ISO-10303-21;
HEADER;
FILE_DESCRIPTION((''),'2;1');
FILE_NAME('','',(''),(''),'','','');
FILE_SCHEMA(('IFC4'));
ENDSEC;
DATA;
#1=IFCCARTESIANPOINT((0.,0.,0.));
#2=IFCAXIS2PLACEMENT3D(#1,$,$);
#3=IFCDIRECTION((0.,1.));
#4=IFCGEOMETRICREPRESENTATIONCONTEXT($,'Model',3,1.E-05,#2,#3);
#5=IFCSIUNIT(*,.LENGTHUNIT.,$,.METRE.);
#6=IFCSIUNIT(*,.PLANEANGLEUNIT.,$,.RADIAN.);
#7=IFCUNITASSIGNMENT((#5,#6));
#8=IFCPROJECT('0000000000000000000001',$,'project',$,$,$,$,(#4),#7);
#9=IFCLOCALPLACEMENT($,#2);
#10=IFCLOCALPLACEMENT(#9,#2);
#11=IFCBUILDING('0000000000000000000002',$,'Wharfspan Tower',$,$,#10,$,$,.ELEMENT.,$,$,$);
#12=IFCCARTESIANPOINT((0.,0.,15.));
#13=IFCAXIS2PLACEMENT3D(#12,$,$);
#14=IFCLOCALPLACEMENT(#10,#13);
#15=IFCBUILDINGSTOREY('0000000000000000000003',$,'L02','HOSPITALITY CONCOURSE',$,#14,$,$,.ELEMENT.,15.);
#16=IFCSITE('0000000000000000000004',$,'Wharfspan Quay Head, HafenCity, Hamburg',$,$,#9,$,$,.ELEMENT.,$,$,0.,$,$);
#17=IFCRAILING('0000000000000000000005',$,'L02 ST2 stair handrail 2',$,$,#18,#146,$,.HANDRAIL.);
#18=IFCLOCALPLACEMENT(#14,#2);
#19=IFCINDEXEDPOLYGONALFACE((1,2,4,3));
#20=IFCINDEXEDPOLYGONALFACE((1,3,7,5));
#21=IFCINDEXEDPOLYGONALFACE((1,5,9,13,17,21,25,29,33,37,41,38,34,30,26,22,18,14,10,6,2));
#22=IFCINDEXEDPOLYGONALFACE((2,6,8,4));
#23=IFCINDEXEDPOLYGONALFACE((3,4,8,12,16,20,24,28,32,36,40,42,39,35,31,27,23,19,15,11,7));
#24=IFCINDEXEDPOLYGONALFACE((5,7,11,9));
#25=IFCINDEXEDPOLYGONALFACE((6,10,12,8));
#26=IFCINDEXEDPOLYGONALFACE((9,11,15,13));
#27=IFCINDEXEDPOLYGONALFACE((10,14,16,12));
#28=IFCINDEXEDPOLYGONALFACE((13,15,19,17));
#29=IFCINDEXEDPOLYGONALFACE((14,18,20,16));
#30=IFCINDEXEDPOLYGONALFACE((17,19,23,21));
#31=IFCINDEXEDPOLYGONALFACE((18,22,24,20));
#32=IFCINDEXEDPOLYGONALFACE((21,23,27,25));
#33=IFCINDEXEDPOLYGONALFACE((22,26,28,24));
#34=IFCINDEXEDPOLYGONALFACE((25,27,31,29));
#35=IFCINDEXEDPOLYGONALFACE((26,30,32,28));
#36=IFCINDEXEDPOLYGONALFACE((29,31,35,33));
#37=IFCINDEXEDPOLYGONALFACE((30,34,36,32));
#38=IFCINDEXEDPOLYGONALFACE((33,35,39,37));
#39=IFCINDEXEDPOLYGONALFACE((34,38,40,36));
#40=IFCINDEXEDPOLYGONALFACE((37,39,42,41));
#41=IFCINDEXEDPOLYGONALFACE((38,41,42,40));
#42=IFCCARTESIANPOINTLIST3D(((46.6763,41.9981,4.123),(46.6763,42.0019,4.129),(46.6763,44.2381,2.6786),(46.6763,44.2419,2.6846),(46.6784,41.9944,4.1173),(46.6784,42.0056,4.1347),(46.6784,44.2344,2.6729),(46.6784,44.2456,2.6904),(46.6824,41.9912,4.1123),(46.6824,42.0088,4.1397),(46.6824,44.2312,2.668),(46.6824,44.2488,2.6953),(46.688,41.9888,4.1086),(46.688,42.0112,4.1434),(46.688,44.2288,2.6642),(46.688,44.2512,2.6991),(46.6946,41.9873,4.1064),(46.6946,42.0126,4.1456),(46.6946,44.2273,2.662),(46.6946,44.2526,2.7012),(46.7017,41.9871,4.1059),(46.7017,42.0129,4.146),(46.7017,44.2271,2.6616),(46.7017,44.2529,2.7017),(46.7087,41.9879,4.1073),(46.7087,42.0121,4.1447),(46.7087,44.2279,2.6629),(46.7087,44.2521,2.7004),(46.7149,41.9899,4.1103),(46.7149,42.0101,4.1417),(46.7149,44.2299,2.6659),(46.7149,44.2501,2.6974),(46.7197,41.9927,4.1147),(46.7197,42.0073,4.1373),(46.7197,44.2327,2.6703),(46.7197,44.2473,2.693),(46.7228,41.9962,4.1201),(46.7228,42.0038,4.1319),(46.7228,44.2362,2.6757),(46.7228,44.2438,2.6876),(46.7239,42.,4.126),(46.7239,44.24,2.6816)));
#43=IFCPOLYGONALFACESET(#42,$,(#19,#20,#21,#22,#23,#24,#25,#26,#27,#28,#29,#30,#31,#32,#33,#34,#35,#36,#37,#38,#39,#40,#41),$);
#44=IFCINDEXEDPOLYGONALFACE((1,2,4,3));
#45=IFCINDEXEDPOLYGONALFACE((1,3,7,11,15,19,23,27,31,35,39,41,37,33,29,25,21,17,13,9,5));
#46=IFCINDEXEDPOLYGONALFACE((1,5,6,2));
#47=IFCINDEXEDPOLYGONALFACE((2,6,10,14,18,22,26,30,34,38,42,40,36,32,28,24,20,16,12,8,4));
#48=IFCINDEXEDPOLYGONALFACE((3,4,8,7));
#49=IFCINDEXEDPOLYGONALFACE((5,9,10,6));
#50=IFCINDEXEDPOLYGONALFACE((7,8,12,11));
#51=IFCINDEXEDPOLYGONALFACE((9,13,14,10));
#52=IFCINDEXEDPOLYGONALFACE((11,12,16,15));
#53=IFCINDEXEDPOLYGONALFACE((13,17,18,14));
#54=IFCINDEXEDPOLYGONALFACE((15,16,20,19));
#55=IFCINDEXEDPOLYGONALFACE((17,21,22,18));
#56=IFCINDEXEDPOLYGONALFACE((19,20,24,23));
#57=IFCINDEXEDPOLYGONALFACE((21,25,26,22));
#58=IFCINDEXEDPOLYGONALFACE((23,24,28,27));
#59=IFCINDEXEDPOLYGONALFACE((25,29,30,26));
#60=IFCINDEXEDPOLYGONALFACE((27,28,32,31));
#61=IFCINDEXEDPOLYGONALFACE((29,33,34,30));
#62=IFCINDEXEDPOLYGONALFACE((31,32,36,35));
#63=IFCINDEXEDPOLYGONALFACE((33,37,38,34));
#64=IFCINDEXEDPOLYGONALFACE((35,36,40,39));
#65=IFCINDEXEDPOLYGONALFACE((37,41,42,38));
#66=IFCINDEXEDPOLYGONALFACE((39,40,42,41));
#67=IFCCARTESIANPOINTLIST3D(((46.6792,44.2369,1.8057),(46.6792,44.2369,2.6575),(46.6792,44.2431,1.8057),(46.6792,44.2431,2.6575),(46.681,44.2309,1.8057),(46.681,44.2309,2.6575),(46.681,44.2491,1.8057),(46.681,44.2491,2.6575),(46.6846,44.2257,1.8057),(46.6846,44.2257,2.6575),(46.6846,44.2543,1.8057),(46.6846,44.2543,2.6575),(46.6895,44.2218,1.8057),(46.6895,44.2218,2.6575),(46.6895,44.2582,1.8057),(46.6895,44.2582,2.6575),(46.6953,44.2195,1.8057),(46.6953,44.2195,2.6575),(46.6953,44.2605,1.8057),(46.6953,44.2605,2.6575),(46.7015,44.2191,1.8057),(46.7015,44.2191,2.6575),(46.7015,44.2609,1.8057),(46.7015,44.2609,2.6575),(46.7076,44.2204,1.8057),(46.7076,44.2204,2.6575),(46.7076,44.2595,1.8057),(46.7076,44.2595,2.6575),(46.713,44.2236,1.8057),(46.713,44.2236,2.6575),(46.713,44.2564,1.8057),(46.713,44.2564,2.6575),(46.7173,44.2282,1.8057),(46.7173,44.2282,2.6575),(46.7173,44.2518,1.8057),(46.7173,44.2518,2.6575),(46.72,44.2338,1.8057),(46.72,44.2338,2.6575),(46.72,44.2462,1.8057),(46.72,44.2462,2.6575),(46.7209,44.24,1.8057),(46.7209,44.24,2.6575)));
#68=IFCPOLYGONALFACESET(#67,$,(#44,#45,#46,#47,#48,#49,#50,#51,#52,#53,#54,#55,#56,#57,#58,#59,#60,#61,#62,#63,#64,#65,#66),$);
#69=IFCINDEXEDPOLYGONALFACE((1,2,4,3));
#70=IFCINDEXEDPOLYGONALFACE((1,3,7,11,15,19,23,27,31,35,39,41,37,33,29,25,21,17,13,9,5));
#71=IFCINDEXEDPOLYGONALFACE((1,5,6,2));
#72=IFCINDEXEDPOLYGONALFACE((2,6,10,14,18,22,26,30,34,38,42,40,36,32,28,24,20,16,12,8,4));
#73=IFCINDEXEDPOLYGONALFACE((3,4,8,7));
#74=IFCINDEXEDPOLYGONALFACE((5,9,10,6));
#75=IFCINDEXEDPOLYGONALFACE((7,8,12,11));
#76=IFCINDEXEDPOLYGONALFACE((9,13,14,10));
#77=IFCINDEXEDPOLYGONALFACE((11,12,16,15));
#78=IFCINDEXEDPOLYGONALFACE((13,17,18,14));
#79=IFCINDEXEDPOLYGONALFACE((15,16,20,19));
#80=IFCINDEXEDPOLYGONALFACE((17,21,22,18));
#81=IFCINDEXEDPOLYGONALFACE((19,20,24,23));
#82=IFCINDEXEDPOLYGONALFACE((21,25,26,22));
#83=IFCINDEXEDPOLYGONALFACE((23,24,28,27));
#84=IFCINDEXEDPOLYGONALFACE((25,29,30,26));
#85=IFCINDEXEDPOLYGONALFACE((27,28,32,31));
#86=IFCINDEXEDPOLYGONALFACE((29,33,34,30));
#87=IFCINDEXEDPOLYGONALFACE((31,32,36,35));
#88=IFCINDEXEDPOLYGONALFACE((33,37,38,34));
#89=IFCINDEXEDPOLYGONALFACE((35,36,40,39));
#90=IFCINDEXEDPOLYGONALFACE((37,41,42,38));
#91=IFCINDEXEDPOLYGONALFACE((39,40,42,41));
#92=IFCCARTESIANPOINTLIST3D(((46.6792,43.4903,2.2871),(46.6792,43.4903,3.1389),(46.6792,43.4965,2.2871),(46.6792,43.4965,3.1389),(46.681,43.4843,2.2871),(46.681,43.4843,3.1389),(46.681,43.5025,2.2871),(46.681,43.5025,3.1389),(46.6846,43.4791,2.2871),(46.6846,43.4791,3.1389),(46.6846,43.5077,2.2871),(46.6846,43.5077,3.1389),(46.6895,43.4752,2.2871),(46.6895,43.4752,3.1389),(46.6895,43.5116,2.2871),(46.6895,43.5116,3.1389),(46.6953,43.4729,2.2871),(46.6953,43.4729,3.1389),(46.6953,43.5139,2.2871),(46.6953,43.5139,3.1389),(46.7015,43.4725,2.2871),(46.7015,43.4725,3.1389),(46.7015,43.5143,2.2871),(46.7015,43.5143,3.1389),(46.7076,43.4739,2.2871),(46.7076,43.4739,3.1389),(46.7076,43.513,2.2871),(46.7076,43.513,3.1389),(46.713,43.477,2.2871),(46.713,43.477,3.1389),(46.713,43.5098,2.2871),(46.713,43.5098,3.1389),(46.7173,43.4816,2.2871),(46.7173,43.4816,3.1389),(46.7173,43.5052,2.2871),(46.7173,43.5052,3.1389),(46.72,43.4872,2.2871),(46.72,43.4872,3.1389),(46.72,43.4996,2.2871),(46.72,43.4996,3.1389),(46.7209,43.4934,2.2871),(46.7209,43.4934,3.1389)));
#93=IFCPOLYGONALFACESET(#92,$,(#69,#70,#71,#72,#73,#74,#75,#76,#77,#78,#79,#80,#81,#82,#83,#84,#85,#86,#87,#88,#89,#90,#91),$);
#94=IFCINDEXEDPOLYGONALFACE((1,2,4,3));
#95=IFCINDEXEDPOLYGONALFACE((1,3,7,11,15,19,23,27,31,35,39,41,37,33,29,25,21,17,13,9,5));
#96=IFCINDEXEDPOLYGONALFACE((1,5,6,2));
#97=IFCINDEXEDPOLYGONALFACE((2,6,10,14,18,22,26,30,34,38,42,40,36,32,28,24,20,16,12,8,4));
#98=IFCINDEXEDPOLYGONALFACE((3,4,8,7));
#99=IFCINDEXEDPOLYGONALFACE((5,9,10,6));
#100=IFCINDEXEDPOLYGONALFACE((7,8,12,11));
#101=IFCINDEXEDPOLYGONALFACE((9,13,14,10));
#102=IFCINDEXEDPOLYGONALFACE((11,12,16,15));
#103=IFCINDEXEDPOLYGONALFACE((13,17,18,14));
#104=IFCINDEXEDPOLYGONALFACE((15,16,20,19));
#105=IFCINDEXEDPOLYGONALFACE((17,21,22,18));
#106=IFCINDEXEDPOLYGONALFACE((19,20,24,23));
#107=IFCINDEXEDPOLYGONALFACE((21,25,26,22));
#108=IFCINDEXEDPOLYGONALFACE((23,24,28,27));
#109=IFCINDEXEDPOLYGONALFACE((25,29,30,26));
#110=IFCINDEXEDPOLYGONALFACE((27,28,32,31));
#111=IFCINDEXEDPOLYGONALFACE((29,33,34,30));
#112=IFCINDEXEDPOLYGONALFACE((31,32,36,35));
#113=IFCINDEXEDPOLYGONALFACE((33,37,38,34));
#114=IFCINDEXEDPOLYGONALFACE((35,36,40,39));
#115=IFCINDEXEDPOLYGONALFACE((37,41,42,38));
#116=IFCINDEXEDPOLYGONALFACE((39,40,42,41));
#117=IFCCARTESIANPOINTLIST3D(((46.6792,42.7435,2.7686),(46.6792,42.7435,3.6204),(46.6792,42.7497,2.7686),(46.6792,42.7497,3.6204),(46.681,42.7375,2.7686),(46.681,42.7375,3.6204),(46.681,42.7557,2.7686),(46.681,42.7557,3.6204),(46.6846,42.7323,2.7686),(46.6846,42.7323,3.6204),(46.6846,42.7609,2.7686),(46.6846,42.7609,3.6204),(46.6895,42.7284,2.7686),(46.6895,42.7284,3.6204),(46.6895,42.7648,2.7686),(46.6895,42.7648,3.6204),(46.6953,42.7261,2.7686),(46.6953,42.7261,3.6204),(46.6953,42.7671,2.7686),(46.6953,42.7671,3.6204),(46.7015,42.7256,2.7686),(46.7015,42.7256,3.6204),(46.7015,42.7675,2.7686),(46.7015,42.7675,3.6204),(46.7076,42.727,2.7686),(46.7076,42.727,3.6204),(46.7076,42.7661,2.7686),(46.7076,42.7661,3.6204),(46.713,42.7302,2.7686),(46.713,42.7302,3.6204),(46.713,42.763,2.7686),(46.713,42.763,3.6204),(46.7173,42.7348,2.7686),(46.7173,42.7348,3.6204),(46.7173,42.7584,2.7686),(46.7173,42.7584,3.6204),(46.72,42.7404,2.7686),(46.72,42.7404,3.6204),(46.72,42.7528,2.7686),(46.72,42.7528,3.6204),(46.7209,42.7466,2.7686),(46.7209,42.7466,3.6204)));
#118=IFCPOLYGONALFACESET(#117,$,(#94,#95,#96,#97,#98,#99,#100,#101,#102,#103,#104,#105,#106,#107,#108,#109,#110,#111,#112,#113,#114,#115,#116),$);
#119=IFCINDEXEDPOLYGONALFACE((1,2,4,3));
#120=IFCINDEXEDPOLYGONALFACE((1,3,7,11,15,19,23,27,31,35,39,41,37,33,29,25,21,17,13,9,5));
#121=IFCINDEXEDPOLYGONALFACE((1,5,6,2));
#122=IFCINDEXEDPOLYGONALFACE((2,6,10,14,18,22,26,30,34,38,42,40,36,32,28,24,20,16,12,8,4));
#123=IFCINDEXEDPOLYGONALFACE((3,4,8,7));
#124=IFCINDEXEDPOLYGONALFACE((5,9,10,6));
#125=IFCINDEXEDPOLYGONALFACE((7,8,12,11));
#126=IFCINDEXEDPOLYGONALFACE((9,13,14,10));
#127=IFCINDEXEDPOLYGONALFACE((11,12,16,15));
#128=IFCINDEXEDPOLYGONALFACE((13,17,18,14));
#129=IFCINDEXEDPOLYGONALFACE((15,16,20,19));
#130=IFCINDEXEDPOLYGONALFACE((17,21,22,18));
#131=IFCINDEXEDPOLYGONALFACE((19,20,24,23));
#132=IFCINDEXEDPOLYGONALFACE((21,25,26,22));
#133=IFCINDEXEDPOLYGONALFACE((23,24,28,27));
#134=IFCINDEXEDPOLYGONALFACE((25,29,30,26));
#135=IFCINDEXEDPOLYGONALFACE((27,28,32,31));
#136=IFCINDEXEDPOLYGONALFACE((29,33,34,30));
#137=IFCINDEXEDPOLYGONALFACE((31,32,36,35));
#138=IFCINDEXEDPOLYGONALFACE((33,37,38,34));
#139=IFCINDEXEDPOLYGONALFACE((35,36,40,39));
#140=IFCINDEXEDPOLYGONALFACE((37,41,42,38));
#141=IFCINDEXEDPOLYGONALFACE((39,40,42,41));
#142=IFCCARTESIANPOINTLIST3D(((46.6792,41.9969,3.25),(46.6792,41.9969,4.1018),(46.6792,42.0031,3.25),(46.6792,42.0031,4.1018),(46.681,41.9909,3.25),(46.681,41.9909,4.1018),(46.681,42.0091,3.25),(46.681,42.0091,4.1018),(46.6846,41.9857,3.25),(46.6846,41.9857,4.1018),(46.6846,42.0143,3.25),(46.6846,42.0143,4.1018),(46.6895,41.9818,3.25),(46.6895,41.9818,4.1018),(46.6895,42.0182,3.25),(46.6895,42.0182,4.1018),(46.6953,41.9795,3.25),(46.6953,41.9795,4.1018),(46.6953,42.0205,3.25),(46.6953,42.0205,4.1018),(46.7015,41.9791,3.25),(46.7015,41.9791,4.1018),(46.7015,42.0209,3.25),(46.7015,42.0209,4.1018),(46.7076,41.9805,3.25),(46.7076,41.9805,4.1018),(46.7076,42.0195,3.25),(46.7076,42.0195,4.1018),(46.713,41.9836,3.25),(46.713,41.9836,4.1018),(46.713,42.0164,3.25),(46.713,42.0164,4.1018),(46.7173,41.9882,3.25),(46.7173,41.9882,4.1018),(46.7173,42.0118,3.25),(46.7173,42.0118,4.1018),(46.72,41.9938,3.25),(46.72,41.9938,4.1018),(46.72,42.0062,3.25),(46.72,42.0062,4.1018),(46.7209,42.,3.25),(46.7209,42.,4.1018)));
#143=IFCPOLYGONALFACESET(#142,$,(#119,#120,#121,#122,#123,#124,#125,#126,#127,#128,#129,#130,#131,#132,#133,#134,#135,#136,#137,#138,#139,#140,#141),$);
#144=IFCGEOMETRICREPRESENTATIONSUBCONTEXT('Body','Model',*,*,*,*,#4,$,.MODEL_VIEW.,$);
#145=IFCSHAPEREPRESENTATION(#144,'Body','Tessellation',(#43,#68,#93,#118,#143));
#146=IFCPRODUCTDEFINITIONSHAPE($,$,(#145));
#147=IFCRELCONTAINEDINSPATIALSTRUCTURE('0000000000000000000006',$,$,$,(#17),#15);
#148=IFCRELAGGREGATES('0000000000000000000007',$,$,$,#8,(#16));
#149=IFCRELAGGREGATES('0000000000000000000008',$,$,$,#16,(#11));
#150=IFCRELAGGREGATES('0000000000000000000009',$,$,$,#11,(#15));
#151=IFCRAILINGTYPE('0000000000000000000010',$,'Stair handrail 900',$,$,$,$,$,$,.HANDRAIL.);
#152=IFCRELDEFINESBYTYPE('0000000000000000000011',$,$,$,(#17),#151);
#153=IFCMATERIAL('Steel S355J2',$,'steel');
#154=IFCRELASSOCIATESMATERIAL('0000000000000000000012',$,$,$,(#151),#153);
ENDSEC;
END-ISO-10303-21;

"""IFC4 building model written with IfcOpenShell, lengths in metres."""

from ifc_helpers import new_model, si_unit, direction, frame, origin, origin_2d, place, context, subcontext, project, spatial, circle, extrude, material, type_object, element, save


model = new_model("IFC4")

# Units and contexts
model_context = context("Model", 3, precision=1e-05, world=origin(), true_north=direction((0.0, 1.0)))
body_context = subcontext(model_context, "Body", "Model", "MODEL_VIEW")
ifc_project = project(units=[si_unit("LENGTHUNIT", "METRE"), si_unit("PLANEANGLEUNIT", "RADIAN")], contexts=[model_context])

# Site, building, storey
site_placement = place(None, origin())
site = spatial("IfcSite", under=ifc_project, at=site_placement, Name="Wharfspan Quay Head, HafenCity, Hamburg", CompositionType="ELEMENT", RefElevation=0.0)
building_placement = place(site_placement, origin())
building = spatial("IfcBuilding", under=site, at=building_placement, Name="Wharfspan Tower", CompositionType="ELEMENT")
storey_placement = place(building_placement, frame((0.0, 0.0, 15.0)))
storey = spatial("IfcBuildingStorey", under=building, at=storey_placement, Name="L02", Description="HOSPITALITY CONCOURSE", CompositionType="ELEMENT", Elevation=15.0)

# Railing
ifc_material_1 = material(Name="Steel S355J2", Category="steel")
railing_type_1 = type_object("IfcRailingType", Name="Stair handrail 900", PredefinedType="HANDRAIL", material=ifc_material_1)
railing_1_placement = place(storey_placement, frame((46.7, 44.24, 1.8057)))
element("IfcRailing", 1, at=railing_1_placement, inside=storey, type_object=railing_type_1, Name="L02 ST2 stair handrail 2", PredefinedType="HANDRAIL", context=body_context, shape_type="SweptSolid", body=[
    extrude(circle(Radius=0.0239, at=origin_2d()), frame((0.0, 0.0, 0.876), z_axis=(0.0, -0.840437, 0.54191), x_axis=(1.0, 0.0, 0.0)), (0.0, 0.0, 1.0), 2.6653),
    extrude(circle(Radius=0.021, at=origin_2d()), origin(), (0.0, 0.0, 1.0), 0.8518),
    extrude(circle(Radius=0.021, at=origin_2d()), frame((0.0, -0.7466, 0.4814)), (0.0, 0.0, 1.0), 0.8518),
    extrude(circle(Radius=0.021, at=origin_2d()), frame((0.0, -1.4934, 0.9629)), (0.0, 0.0, 1.0), 0.8518),
    extrude(circle(Radius=0.021, at=origin_2d()), frame((0.0, -2.24, 1.4443)), (0.0, 0.0, 1.0), 0.8518),
])

save(model, "model.ifc")
